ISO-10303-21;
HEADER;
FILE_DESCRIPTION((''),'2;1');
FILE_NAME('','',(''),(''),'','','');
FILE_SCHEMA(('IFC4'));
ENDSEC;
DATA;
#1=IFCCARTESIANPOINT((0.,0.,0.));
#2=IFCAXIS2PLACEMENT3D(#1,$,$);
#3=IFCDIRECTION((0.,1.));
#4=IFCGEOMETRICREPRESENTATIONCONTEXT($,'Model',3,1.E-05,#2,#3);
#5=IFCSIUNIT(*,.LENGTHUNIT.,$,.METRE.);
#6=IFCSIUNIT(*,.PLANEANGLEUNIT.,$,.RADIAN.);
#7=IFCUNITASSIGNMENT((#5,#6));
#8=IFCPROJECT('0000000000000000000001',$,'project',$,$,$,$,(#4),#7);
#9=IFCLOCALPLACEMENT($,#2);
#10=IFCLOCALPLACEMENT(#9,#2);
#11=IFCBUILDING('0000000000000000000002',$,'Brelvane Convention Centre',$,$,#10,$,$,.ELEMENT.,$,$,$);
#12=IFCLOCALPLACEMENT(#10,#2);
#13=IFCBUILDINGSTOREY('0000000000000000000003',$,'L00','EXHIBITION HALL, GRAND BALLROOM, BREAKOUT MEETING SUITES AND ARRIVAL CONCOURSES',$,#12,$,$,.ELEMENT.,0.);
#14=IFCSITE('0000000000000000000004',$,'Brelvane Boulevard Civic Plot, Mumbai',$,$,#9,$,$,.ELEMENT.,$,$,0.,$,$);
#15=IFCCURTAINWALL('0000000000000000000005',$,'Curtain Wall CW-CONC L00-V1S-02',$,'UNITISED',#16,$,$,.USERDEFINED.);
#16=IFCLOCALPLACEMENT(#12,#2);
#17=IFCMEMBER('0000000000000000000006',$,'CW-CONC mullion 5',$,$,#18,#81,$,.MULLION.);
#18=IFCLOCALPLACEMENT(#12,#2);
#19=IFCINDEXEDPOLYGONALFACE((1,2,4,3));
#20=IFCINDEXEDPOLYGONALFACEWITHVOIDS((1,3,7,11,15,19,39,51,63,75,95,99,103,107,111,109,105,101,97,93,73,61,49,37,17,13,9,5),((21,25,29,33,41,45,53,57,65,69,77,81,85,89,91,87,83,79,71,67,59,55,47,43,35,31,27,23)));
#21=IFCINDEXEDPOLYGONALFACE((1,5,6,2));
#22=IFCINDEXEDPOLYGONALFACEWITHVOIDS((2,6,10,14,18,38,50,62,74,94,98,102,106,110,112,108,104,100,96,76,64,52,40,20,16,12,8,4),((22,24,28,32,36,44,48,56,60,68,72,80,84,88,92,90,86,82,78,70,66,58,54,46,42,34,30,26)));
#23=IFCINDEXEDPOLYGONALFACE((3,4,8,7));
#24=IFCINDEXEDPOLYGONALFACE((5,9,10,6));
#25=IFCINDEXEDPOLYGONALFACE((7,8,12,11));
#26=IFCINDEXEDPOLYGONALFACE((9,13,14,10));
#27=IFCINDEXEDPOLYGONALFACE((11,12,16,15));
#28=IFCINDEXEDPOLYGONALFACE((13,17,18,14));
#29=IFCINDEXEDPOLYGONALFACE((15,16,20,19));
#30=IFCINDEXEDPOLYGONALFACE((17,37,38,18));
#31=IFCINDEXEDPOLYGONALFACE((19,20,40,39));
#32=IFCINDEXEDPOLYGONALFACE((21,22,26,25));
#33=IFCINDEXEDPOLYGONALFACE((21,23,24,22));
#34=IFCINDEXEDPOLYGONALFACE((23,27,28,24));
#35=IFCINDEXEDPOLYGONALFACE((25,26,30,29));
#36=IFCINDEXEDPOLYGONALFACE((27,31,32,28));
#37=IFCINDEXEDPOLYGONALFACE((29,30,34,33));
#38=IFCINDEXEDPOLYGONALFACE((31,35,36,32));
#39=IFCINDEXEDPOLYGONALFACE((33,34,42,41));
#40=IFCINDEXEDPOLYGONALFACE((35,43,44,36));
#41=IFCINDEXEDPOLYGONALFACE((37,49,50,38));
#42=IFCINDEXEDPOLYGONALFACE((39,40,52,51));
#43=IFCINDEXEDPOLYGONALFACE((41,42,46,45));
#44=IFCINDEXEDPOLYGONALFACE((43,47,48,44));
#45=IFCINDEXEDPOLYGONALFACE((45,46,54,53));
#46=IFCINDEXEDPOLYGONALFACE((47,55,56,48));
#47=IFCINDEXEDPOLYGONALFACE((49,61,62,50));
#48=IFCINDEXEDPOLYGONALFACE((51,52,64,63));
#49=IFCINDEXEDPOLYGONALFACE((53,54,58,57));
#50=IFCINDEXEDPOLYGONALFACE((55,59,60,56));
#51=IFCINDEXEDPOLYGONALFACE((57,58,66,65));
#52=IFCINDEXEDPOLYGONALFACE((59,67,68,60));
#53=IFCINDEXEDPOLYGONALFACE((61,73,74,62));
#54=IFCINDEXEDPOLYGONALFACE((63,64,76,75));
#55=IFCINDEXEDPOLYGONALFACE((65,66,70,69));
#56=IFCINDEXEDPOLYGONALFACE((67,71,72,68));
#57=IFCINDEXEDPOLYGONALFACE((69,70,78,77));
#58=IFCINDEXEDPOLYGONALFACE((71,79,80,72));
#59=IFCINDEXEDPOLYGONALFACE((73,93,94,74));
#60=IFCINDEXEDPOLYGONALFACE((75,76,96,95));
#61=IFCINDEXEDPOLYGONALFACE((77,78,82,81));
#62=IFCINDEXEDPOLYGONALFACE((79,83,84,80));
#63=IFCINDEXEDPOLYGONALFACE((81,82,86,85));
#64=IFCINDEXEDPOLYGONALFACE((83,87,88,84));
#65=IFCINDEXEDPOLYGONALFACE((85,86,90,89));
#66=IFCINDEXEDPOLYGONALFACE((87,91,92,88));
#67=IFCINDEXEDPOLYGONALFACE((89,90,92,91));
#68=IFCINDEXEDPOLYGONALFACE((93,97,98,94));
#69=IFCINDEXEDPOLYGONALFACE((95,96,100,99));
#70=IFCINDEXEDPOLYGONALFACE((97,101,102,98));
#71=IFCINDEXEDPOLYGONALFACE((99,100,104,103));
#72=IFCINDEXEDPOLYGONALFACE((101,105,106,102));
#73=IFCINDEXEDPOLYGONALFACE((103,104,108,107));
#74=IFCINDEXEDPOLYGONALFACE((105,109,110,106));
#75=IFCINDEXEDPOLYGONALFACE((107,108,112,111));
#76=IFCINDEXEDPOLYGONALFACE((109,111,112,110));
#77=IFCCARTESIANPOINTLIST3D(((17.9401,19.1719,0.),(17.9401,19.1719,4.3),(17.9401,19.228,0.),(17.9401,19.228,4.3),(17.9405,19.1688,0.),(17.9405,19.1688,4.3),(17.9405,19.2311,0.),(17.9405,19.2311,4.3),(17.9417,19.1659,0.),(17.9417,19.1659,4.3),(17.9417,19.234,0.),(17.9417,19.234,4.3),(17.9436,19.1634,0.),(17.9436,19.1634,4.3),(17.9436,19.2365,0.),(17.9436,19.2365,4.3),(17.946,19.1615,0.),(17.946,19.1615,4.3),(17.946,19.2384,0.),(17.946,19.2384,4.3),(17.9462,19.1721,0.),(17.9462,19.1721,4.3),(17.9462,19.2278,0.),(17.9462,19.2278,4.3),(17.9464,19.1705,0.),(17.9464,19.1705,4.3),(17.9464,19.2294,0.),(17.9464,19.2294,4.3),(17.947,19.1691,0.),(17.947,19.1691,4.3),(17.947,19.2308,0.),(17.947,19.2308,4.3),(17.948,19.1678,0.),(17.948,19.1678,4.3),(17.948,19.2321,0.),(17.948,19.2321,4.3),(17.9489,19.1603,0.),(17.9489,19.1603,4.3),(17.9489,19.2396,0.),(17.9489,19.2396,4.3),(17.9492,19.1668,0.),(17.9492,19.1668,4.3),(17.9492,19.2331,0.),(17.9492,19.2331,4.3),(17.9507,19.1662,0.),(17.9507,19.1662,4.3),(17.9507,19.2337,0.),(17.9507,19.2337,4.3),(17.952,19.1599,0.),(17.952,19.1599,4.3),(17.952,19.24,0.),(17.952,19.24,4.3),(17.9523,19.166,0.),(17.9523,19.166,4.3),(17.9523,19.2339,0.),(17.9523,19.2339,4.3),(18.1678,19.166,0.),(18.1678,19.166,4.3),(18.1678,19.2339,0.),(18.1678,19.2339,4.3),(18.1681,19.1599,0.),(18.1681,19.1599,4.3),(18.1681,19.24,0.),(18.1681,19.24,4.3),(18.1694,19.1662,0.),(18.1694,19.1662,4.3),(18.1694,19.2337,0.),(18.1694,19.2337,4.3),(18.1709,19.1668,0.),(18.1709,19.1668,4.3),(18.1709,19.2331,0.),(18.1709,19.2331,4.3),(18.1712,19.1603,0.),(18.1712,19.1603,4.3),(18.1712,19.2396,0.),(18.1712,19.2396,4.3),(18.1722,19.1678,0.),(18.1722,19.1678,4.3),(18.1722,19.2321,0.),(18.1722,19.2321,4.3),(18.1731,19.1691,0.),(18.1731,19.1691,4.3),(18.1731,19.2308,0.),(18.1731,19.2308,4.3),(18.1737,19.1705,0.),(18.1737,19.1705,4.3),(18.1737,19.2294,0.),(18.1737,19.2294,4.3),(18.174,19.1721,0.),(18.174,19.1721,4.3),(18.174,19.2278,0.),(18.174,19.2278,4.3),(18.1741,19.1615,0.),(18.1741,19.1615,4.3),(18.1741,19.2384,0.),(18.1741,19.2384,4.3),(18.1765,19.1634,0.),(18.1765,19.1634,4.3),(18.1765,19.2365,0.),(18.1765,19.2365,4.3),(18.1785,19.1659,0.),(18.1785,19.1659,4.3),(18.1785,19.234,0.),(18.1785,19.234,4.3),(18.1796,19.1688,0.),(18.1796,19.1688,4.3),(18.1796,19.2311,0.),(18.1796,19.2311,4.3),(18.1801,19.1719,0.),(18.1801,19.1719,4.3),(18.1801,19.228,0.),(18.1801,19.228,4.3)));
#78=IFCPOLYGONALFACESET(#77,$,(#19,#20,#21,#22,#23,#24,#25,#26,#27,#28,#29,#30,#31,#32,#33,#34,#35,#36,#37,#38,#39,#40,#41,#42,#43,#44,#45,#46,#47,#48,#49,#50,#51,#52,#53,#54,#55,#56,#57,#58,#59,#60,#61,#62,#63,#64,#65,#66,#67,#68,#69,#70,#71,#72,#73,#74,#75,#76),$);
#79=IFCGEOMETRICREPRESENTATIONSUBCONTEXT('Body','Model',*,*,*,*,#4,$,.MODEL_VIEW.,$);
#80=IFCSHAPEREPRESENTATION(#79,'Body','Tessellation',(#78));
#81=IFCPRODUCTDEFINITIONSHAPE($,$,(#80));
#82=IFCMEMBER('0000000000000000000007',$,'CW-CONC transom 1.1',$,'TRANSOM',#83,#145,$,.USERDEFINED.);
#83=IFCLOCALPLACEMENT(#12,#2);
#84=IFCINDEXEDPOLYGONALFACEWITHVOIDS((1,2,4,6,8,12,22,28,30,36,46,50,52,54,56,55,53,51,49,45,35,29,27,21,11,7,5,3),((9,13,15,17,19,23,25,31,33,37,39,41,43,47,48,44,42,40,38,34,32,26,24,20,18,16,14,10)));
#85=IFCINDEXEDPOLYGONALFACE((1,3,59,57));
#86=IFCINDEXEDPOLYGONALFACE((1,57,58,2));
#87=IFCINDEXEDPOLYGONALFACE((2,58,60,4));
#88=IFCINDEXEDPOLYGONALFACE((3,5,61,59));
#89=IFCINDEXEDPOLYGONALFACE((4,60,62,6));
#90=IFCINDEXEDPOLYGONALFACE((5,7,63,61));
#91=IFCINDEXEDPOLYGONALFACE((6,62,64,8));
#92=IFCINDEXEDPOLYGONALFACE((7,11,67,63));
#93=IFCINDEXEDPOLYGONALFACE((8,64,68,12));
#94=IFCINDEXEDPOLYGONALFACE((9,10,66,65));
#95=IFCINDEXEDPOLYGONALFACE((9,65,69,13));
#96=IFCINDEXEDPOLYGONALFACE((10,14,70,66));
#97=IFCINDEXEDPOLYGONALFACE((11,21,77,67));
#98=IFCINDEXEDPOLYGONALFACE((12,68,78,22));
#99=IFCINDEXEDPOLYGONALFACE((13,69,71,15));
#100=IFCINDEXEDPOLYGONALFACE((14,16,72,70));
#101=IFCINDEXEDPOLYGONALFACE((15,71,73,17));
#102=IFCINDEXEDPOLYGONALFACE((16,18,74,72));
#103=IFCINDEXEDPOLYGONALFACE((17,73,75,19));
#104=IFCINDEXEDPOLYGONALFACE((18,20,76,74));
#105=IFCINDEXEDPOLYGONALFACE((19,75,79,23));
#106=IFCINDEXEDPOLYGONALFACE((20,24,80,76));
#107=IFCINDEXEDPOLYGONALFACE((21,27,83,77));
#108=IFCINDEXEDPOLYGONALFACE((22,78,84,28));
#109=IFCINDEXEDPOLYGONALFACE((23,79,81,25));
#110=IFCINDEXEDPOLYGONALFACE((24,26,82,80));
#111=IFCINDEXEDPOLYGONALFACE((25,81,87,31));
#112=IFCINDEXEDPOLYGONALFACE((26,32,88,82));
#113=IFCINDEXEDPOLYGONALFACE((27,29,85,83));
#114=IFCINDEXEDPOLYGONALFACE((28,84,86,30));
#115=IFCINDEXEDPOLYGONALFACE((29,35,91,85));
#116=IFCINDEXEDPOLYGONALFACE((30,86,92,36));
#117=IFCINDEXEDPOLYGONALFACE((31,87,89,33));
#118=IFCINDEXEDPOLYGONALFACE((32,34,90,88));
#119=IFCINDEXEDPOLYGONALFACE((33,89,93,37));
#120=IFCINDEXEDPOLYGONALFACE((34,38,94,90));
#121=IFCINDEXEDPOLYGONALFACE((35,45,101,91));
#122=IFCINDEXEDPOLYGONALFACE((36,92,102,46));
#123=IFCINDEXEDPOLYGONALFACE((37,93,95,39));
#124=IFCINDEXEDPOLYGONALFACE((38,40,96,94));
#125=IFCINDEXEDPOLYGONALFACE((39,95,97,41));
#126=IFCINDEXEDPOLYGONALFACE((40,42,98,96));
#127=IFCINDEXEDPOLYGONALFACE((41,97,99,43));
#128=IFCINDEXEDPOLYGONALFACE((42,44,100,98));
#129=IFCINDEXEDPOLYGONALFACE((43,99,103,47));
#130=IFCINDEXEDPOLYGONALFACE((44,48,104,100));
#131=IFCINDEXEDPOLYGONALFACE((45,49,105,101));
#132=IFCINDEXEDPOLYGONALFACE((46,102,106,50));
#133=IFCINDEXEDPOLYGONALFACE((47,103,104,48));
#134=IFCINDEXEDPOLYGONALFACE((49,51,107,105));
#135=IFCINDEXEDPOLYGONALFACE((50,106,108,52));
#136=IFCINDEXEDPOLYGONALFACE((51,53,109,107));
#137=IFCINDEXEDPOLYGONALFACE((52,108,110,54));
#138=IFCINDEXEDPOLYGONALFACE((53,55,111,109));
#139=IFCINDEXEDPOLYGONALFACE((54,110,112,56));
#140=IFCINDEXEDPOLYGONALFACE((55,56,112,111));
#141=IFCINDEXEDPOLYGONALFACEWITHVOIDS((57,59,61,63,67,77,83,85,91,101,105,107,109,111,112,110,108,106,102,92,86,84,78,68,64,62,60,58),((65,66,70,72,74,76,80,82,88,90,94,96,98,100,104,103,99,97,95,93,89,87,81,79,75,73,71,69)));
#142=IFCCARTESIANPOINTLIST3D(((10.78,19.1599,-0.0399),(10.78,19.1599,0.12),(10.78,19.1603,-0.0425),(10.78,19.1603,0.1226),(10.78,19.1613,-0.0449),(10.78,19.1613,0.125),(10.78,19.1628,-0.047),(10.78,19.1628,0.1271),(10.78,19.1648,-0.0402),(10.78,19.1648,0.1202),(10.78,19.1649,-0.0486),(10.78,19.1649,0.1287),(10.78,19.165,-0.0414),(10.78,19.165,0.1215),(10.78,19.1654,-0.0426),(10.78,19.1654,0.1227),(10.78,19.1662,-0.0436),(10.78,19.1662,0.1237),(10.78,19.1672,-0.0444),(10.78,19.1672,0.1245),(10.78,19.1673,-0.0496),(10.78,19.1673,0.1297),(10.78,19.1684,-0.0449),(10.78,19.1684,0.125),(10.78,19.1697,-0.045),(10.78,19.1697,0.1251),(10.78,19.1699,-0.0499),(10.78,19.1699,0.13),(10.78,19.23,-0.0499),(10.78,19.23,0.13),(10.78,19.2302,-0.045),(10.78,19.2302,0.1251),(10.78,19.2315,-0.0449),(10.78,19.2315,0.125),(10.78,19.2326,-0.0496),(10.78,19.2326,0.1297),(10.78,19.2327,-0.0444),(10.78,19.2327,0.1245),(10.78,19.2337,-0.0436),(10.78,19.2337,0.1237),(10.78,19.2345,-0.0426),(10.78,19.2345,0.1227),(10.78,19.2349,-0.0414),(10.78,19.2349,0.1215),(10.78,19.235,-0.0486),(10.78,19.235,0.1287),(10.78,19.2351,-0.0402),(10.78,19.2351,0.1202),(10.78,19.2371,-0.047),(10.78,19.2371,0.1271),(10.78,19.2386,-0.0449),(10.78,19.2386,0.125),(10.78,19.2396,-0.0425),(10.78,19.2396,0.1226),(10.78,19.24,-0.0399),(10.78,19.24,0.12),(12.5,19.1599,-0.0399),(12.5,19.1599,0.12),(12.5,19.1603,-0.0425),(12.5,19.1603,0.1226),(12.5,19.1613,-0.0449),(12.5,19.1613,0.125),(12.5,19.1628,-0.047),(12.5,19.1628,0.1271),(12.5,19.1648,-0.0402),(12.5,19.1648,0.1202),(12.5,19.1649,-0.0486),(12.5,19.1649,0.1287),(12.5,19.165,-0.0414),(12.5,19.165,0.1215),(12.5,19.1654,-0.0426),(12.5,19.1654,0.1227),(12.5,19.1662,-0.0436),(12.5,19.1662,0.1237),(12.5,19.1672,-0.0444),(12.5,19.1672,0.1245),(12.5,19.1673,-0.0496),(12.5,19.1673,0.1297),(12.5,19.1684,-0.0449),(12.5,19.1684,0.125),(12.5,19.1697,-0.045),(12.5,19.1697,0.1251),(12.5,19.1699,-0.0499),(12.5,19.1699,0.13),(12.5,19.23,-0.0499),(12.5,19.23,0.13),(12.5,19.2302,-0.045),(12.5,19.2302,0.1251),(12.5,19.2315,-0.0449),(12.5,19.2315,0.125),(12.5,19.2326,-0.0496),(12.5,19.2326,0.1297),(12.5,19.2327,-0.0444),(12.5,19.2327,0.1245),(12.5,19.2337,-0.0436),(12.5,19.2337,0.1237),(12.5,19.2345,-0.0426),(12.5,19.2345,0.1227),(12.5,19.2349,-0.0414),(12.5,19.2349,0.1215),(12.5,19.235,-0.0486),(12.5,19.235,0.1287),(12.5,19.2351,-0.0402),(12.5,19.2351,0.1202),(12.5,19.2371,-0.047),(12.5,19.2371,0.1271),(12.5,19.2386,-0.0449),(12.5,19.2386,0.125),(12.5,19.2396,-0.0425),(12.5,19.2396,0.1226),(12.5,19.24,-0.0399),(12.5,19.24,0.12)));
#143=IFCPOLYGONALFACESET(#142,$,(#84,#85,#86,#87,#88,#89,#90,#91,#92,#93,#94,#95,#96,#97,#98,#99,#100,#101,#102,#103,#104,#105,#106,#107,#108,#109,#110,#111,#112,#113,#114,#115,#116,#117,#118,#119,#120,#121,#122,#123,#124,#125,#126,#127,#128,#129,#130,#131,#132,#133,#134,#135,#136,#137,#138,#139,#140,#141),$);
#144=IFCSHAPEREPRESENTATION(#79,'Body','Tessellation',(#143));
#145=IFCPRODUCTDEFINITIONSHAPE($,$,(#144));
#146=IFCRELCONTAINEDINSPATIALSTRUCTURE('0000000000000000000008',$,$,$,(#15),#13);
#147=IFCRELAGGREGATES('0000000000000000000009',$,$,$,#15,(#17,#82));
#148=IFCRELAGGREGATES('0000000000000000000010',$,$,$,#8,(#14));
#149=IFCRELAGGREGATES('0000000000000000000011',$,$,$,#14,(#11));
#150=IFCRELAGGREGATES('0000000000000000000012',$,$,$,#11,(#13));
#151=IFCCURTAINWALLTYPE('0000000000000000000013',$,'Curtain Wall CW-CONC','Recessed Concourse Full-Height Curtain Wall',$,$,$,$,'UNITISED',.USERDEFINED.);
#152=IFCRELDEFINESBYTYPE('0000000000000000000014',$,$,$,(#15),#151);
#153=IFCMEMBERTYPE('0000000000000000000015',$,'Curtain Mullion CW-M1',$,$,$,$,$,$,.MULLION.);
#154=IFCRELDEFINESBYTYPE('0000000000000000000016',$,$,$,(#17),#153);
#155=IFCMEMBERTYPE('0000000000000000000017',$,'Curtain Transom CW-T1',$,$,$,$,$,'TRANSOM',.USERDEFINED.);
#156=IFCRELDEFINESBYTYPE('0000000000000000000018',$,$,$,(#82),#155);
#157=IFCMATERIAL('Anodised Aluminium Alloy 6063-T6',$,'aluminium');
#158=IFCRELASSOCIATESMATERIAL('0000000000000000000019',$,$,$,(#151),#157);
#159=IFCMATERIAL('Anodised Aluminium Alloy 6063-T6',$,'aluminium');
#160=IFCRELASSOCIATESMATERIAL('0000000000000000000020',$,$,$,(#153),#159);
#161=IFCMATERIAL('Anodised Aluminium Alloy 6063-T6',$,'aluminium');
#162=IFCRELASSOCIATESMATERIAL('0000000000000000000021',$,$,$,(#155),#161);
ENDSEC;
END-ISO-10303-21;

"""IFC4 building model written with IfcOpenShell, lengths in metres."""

from ifc_helpers import new_model, si_unit, direction, frame, origin, origin_2d, place, context, subcontext, project, spatial, hollow_rectangle, extrude, material, material_profile, profile_set, type_object, element, aggregate, save


model = new_model("IFC4")

# Units and contexts
model_context = context("Model", 3, precision=1e-05, world=origin(), true_north=direction((0.0, 1.0)))
body_context = subcontext(model_context, "Body", "Model", "MODEL_VIEW")
ifc_project = project(units=[si_unit("LENGTHUNIT", "METRE"), si_unit("PLANEANGLEUNIT", "RADIAN")], contexts=[model_context])

# Site, building, storey
site_placement = place(None, origin())
site = spatial("IfcSite", under=ifc_project, at=site_placement, Name="Brelvane Boulevard Civic Plot, Mumbai", CompositionType="ELEMENT", RefElevation=0.0)
building_placement = place(site_placement, origin())
building = spatial("IfcBuilding", under=site, at=building_placement, Name="Brelvane Convention Centre", CompositionType="ELEMENT")
storey_placement = place(building_placement, origin())
storey = spatial("IfcBuildingStorey", under=building, at=storey_placement, Name="L00", Description="EXHIBITION HALL, GRAND BALLROOM, BREAKOUT MEETING SUITES AND ARRIVAL CONCOURSES", CompositionType="ELEMENT", Elevation=0.0)

# Curtain wall, members
ifc_material_1 = material(Name="Anodised Aluminium Alloy 6063-T6", Category="aluminium")
curtain_wall_type = type_object("IfcCurtainWallType", Name="Curtain Wall CW-CONC", Description="Recessed Concourse Full-Height Curtain Wall", ElementType="UNITISED", PredefinedType="USERDEFINED", material=ifc_material_1)
curtain_wall_placement = place(storey_placement, origin())
curtain_wall = element("IfcCurtainWall", 1, at=curtain_wall_placement, inside=storey, type_object=curtain_wall_type, Name="Curtain Wall CW-CONC L00-V1S-02", ObjectType="UNITISED", PredefinedType="USERDEFINED")
ifc_material_2 = material(Name="Anodised Aluminium Alloy 6063-T6", Category="aluminium")
ifc_material_profile_1 = material_profile(ifc_material_2, hollow_rectangle(XDim=0.0801, YDim=0.24, WallThickness=0.0061, InnerFilletRadius=0.0061, OuterFilletRadius=0.012, at=origin_2d()), Name="ALU-M 240x80x6.0")
ifc_profile_set_1 = profile_set([ifc_material_profile_1], Name="Anodised Aluminium Alloy 6063-T6")
member_type_1 = type_object("IfcMemberType", Name="Curtain Mullion CW-M1", PredefinedType="MULLION", material=ifc_profile_set_1)
member_1_placement = place(storey_placement, frame((18.0601, 19.2, 0.0), z_axis=(0.0, 0.0, 1.0), x_axis=(0.0, 1.0, 0.0)))
member_1 = element("IfcMember", 2, at=member_1_placement, type_object=member_type_1, Name="CW-CONC mullion 5", PredefinedType="MULLION", context=body_context, shape_type="SweptSolid", body=[
    extrude(hollow_rectangle(XDim=0.0801, YDim=0.24, WallThickness=0.0061, InnerFilletRadius=0.0061, OuterFilletRadius=0.012, at=origin_2d()), origin(), (0.0, 0.0, 1.0), 4.3),
])
ifc_material_3 = material(Name="Anodised Aluminium Alloy 6063-T6", Category="aluminium")
ifc_material_profile_2 = material_profile(ifc_material_3, hollow_rectangle(XDim=0.0801, YDim=0.1799, WallThickness=0.0049, InnerFilletRadius=0.0049, OuterFilletRadius=0.01, at=origin_2d()), Name="ALU-T 180x80x5.0")
ifc_profile_set_2 = profile_set([ifc_material_profile_2], Name="Anodised Aluminium Alloy 6063-T6")
member_type_2 = type_object("IfcMemberType", Name="Curtain Transom CW-T1", ElementType="TRANSOM", PredefinedType="USERDEFINED", material=ifc_profile_set_2)
member_2_placement = place(storey_placement, frame((10.78, 19.2, 0.04), z_axis=(1.0, 0.0, 0.0), x_axis=(0.0, 1.0, 0.0)))
member_2 = element("IfcMember", 3, at=member_2_placement, type_object=member_type_2, Name="CW-CONC transom 1.1", ObjectType="TRANSOM", PredefinedType="USERDEFINED", context=body_context, shape_type="SweptSolid", body=[
    extrude(hollow_rectangle(XDim=0.0801, YDim=0.1799, WallThickness=0.0049, InnerFilletRadius=0.0049, OuterFilletRadius=0.01, at=origin_2d()), origin(), (0.0, 0.0, 1.0), 1.72),
])

aggregate(curtain_wall, [member_1, member_2])

save(model, "model.ifc")
